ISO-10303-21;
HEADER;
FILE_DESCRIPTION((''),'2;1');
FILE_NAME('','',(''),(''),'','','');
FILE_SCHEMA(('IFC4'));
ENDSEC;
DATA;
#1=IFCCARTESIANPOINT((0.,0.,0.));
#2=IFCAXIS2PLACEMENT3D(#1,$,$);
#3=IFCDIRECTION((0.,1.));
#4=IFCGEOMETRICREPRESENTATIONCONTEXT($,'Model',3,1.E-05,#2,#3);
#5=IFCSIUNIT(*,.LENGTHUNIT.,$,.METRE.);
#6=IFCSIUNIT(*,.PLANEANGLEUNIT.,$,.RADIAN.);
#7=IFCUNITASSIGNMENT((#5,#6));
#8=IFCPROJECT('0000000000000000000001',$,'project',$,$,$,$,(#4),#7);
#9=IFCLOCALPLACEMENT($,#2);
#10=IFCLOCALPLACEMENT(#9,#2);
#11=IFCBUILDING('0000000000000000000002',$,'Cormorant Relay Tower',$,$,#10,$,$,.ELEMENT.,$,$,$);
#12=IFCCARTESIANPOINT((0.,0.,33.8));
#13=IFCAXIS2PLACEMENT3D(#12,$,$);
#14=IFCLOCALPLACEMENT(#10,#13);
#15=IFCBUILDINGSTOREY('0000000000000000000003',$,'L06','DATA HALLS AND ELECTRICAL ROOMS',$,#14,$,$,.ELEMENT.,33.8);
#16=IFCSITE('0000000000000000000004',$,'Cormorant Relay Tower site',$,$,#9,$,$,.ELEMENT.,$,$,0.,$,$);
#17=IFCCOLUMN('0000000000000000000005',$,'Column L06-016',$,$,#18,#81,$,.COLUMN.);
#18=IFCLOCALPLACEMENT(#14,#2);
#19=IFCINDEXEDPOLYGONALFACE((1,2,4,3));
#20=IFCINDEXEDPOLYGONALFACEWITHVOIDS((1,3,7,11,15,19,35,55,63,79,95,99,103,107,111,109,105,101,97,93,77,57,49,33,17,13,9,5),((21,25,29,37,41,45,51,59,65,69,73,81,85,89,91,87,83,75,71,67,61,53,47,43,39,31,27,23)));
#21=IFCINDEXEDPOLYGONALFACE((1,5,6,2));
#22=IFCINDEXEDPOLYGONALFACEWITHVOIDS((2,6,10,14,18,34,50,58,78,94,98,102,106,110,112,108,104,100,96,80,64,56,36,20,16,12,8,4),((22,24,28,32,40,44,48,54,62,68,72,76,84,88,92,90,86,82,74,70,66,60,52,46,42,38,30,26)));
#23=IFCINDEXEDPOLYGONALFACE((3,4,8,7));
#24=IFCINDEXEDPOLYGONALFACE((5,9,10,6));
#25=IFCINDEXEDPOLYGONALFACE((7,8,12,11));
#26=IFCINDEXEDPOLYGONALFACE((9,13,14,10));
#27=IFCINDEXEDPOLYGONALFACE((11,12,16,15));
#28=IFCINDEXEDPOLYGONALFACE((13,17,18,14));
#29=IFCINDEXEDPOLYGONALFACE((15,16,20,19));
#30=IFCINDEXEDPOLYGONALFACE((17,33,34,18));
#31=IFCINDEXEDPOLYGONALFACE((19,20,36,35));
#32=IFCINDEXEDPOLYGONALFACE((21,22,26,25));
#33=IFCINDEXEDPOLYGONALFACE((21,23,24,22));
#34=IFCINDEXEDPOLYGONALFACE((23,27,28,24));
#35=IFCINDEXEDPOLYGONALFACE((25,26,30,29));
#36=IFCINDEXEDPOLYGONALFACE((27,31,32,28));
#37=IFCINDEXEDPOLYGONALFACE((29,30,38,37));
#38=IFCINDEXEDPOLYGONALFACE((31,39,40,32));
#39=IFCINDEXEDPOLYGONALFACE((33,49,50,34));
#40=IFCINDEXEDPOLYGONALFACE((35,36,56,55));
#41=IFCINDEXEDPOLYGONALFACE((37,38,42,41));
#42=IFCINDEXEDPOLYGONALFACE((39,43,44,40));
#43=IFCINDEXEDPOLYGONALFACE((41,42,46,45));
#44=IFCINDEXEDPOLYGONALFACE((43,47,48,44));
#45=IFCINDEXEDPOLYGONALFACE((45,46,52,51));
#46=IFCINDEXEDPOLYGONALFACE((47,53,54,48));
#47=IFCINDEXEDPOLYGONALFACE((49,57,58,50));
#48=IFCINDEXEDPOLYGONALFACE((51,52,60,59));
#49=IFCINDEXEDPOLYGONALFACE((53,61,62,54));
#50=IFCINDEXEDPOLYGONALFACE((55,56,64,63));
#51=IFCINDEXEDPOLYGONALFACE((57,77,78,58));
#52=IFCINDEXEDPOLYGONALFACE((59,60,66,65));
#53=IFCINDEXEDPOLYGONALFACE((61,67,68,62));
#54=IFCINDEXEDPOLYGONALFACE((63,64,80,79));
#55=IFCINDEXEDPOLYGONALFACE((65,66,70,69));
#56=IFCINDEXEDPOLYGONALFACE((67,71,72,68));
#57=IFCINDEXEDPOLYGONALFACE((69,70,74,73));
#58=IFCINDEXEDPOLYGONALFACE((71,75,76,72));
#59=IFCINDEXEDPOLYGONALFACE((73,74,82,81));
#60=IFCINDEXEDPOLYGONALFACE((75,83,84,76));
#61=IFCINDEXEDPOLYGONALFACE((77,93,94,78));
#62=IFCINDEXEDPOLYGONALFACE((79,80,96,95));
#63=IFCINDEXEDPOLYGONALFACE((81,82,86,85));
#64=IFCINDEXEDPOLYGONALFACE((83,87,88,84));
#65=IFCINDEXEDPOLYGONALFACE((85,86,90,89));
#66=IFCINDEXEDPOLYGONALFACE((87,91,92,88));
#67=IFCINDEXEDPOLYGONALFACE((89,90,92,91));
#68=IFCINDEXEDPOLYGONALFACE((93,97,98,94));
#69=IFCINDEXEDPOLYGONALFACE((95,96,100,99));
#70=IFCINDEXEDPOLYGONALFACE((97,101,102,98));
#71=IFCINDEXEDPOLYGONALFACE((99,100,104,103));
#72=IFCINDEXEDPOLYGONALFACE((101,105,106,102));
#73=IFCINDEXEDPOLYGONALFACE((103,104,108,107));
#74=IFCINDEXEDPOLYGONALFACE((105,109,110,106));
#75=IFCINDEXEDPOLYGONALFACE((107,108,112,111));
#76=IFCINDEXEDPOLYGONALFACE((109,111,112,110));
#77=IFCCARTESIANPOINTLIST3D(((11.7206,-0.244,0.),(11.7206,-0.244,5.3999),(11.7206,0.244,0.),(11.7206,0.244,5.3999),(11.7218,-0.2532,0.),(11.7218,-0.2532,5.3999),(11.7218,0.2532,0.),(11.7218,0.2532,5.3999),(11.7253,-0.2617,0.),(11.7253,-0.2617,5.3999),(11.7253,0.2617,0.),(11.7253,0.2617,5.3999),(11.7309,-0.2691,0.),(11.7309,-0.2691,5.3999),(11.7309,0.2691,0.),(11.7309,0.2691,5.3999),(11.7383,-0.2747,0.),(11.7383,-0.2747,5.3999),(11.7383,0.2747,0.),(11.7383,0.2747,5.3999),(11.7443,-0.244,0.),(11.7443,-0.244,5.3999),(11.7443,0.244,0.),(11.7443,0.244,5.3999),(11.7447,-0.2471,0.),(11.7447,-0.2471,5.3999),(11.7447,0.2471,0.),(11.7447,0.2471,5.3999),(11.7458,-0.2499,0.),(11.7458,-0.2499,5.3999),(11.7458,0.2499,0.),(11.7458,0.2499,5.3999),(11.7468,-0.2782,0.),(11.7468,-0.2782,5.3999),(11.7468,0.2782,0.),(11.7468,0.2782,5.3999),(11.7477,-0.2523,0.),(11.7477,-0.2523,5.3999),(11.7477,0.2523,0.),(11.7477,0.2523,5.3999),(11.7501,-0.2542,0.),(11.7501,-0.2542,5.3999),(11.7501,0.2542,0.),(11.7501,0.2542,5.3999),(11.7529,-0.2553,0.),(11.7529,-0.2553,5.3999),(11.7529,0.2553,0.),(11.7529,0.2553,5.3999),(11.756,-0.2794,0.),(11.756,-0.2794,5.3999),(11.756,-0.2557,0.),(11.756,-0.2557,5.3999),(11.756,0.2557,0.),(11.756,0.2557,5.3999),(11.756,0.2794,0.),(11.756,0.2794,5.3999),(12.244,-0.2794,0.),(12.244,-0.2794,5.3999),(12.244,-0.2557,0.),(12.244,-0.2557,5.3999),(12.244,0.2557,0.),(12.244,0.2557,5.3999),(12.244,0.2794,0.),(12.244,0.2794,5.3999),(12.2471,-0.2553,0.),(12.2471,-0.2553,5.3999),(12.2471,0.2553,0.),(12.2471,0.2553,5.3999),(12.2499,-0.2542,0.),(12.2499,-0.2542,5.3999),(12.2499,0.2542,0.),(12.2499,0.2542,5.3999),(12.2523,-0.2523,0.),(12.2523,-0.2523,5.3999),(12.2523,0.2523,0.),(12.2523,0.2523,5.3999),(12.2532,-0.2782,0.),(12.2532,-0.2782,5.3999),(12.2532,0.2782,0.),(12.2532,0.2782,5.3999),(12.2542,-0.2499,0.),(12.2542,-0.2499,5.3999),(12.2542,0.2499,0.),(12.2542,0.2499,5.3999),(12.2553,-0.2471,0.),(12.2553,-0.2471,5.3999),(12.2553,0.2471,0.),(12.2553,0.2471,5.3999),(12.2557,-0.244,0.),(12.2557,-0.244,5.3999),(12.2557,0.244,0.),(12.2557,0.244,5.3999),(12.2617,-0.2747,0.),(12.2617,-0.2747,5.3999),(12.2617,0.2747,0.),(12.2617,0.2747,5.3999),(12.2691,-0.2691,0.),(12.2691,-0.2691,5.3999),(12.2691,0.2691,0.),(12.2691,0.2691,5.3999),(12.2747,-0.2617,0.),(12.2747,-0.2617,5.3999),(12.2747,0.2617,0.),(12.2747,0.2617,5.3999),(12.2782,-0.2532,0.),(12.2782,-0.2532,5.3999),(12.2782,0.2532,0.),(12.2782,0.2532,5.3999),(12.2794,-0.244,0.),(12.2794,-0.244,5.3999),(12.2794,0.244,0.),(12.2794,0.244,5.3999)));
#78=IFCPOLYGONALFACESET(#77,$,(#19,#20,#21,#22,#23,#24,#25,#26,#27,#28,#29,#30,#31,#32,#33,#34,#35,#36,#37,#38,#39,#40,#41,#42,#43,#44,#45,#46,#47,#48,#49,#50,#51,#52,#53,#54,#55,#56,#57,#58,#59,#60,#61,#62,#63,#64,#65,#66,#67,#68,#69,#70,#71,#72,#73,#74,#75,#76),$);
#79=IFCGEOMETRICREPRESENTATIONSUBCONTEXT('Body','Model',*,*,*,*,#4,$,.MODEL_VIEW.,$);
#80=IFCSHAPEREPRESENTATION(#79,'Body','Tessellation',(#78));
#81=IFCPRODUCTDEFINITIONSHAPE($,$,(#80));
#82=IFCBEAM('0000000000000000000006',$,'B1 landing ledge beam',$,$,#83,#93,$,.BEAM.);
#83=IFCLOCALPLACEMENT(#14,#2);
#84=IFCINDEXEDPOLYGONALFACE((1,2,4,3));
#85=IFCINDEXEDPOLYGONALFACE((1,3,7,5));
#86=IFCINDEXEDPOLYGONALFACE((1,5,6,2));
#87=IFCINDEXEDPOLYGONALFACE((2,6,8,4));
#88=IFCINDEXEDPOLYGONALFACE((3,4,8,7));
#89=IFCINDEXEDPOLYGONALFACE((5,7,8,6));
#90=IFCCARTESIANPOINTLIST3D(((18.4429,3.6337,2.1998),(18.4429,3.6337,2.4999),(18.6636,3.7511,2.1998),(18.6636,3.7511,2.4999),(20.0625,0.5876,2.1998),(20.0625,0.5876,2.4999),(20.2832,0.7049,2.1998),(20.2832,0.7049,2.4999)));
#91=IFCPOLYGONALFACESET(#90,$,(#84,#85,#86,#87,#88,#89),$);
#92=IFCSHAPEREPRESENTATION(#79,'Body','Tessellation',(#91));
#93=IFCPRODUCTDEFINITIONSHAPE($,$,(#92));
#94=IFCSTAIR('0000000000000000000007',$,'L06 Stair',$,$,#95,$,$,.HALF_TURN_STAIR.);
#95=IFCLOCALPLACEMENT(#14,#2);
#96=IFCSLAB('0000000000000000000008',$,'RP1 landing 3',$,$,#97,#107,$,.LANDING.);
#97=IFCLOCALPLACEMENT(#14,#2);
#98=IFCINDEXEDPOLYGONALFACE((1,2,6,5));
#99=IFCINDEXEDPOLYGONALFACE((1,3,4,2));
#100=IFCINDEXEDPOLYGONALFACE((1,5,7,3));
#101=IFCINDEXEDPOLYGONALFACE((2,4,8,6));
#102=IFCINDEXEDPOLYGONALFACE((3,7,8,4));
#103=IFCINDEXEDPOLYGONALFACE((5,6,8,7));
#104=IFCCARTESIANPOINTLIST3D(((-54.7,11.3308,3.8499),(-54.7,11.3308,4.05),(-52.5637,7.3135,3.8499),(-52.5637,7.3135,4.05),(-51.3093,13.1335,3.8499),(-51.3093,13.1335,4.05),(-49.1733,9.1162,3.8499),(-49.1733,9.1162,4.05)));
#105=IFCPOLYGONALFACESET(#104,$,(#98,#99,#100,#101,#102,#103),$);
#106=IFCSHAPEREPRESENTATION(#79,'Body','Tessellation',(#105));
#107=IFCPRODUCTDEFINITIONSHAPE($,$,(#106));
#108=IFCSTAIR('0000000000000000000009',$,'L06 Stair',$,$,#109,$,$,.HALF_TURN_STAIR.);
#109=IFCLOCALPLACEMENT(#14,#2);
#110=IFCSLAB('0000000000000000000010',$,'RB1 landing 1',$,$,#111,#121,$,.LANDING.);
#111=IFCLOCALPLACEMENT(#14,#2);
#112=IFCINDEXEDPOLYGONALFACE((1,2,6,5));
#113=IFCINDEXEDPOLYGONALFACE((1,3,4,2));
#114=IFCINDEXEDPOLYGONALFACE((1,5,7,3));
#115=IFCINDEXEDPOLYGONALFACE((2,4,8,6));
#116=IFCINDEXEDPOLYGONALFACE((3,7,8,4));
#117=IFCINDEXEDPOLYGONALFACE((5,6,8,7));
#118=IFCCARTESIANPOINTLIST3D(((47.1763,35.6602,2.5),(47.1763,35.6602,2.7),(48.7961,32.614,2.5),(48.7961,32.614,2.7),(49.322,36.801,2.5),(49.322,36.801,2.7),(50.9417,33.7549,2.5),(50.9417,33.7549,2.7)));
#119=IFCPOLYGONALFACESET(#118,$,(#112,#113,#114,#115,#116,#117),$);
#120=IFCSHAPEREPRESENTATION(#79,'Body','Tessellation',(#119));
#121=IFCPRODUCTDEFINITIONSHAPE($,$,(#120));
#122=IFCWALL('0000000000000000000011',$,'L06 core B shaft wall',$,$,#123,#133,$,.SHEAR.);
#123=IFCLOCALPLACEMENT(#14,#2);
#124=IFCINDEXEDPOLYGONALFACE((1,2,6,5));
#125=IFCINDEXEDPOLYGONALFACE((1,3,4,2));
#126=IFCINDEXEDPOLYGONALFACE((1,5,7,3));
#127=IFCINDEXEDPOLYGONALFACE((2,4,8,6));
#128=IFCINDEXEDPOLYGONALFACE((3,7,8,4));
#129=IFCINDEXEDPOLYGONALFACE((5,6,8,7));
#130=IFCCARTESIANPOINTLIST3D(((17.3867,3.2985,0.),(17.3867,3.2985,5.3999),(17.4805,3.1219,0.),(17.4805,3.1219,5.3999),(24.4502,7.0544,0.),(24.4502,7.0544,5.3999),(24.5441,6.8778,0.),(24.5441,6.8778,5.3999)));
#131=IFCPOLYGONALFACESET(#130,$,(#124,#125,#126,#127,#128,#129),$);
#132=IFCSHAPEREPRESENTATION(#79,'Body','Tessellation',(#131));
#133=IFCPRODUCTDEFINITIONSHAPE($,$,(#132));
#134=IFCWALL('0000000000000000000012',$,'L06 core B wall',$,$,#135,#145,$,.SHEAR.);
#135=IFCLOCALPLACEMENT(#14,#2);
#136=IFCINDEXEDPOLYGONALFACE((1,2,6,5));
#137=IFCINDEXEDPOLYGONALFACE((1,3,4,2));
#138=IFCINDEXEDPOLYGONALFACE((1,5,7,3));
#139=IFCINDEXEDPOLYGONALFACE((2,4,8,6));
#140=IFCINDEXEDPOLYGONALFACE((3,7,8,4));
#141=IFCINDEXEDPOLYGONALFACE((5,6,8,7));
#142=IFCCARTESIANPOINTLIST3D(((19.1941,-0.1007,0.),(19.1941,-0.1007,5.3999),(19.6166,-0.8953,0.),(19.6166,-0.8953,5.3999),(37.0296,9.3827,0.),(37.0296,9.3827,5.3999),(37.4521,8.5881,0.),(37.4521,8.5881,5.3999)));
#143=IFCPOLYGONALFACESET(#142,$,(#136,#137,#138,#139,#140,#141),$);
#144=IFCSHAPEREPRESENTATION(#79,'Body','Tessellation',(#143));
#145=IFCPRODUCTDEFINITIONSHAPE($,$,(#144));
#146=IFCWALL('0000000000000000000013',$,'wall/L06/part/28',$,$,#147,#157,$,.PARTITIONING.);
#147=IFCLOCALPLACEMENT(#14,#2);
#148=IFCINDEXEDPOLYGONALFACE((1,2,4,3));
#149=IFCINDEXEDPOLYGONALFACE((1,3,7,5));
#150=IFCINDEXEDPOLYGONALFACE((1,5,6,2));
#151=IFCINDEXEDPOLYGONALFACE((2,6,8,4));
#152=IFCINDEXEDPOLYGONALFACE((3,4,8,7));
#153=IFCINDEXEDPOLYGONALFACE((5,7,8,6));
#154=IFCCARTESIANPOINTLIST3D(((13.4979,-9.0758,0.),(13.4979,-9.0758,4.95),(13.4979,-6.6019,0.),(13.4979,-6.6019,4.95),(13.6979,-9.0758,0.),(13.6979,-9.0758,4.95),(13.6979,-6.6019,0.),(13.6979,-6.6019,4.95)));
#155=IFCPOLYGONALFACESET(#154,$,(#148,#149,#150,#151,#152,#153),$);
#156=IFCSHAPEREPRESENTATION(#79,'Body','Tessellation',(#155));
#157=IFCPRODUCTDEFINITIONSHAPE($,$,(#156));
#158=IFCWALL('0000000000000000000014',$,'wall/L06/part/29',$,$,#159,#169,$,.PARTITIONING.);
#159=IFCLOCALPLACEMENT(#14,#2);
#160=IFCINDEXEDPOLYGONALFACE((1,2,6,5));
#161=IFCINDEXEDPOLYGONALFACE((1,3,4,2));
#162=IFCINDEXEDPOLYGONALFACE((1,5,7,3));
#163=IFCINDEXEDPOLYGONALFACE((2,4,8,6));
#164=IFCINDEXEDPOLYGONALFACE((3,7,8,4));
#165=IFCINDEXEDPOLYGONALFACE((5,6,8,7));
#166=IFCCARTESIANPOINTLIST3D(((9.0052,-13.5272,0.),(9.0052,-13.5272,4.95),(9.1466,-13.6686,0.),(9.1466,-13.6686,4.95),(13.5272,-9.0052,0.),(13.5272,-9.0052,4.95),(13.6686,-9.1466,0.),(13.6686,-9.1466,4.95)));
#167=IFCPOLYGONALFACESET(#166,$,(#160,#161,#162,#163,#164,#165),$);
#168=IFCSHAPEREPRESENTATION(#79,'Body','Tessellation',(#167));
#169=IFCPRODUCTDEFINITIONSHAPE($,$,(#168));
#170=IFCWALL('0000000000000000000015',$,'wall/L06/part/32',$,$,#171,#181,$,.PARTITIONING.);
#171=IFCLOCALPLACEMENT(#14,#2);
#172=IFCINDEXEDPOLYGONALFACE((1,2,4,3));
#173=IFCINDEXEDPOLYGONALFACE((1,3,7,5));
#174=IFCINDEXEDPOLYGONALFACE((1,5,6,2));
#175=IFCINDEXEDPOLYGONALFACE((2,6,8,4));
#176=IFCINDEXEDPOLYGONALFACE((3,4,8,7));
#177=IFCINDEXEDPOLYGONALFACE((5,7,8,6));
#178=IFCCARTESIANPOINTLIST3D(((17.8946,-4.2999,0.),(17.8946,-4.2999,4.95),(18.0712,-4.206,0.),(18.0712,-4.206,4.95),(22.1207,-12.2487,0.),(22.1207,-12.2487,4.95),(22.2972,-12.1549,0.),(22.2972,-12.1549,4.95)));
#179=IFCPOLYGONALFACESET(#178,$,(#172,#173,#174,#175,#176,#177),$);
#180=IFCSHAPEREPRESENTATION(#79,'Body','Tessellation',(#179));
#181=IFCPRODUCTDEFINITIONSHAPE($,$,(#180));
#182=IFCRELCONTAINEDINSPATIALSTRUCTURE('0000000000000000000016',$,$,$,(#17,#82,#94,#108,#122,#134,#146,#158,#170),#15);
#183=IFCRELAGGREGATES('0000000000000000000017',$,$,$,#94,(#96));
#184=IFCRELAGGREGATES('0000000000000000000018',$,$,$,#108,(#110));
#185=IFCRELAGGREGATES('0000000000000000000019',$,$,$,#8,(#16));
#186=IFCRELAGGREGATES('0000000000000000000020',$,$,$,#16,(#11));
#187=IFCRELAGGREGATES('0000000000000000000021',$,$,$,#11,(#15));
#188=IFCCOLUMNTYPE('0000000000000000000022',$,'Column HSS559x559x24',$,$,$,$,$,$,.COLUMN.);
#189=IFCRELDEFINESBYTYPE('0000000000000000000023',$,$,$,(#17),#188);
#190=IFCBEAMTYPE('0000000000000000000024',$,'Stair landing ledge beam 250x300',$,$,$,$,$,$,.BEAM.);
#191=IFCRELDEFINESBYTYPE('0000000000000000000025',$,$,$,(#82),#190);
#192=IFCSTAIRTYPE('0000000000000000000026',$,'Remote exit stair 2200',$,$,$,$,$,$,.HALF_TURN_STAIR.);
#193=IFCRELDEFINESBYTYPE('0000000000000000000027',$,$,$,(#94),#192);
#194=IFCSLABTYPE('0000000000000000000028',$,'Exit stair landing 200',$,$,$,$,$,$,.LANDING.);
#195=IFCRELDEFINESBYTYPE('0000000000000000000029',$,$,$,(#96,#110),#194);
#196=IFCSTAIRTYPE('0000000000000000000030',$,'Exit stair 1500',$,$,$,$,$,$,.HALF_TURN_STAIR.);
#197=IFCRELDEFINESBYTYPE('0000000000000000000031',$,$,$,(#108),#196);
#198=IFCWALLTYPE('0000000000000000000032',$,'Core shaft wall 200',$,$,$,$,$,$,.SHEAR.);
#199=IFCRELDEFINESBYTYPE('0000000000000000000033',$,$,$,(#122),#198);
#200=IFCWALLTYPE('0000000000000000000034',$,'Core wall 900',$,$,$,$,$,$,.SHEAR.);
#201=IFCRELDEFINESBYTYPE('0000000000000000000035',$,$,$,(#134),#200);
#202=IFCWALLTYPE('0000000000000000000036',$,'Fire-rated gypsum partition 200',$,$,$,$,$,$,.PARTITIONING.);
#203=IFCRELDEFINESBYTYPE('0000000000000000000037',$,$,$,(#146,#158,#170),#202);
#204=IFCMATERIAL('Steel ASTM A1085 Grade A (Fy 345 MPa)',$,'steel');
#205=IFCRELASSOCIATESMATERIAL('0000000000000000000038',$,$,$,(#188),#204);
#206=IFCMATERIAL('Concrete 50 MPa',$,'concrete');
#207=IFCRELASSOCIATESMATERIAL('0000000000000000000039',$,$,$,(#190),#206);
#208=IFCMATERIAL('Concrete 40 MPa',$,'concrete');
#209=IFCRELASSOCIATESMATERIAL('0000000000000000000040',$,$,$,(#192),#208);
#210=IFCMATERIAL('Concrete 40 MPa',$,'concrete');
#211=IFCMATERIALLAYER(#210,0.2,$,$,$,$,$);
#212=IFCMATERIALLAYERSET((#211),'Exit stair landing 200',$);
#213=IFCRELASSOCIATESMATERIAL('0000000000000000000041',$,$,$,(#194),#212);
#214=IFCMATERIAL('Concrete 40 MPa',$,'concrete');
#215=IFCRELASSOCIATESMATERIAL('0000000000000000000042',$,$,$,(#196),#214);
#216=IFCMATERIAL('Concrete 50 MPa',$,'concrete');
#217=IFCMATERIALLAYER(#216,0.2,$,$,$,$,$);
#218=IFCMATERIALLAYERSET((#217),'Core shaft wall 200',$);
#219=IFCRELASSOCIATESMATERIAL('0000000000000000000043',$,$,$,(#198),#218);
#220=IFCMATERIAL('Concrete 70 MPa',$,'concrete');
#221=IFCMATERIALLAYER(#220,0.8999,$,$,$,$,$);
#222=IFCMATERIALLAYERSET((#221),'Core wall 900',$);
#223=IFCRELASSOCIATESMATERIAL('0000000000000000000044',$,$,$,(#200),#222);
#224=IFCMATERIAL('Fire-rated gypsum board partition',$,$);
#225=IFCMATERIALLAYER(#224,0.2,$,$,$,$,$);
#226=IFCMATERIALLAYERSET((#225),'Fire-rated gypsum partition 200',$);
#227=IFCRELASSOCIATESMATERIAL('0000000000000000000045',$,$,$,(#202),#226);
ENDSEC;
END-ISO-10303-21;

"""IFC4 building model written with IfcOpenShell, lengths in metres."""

from ifc_helpers import new_model, si_unit, direction, frame, frame_2d, origin, origin_2d, place, context, subcontext, project, spatial, polyline, rectangle, hollow_rectangle, outline, extrude, material, layer, layer_set, material_profile, profile_set, type_object, element, aggregate, save


model = new_model("IFC4")

# Units and contexts
model_context = context("Model", 3, precision=1e-05, world=origin(), true_north=direction((0.0, 1.0)))
body_context = subcontext(model_context, "Body", "Model", "MODEL_VIEW")
ifc_project = project(units=[si_unit("LENGTHUNIT", "METRE"), si_unit("PLANEANGLEUNIT", "RADIAN")], contexts=[model_context])

# Site, building, storey
site_placement = place(None, origin())
site = spatial("IfcSite", under=ifc_project, at=site_placement, Name="Cormorant Relay Tower site", CompositionType="ELEMENT", RefElevation=0.0)
building_placement = place(site_placement, origin())
building = spatial("IfcBuilding", under=site, at=building_placement, Name="Cormorant Relay Tower", CompositionType="ELEMENT")
storey_placement = place(building_placement, frame((0.0, 0.0, 33.8)))
storey = spatial("IfcBuildingStorey", under=building, at=storey_placement, Name="L06", Description="DATA HALLS AND ELECTRICAL ROOMS", CompositionType="ELEMENT", Elevation=33.8)

# Column
ifc_material_1 = material(Name="Steel ASTM A1085 Grade A (Fy 345 MPa)", Category="steel")
ifc_material_profile_1 = material_profile(ifc_material_1, hollow_rectangle(XDim=0.5588, YDim=0.5588, WallThickness=0.0237, InnerFilletRadius=0.0117, OuterFilletRadius=0.0354, at=origin_2d()), Name="HSS559x559x24")
ifc_profile_set_1 = profile_set([ifc_material_profile_1], Name="Steel ASTM A1085 Grade A (Fy 345 MPa)")
column_type = type_object("IfcColumnType", Name="Column HSS559x559x24", PredefinedType="COLUMN", material=ifc_profile_set_1)
column_placement = place(storey_placement, frame((12.0, 0.0, 0.0), z_axis=(0.0, 0.0, 1.0), x_axis=(1.0, 0.0, 0.0)))
element("IfcColumn", 1, at=column_placement, inside=storey, type_object=column_type, Name="Column L06-016", PredefinedType="COLUMN", context=body_context, shape_type="SweptSolid", body=[
    extrude(hollow_rectangle(XDim=0.5588, YDim=0.5588, WallThickness=0.0237, InnerFilletRadius=0.0117, OuterFilletRadius=0.0354, at=origin_2d()), origin(), (0.0, 0.0, 1.0), 5.3999),
])

# Beam
ifc_material_2 = material(Name="Concrete 50 MPa", Category="concrete")
ifc_material_profile_2 = material_profile(ifc_material_2, rectangle(XDim=0.25, YDim=0.3, at=origin_2d()), Name="RC 250x300")
ifc_profile_set_2 = profile_set([ifc_material_profile_2], Name="Concrete 50 MPa")
beam_type = type_object("IfcBeamType", Name="Stair landing ledge beam 250x300", PredefinedType="BEAM", material=ifc_profile_set_2)
beam_placement = place(storey_placement, frame((18.5532, 3.6924, 2.3499), z_axis=(0.469464, -0.882952, 0.0), x_axis=(0.882952, 0.469464, 0.0)))
element("IfcBeam", 2, at=beam_placement, inside=storey, type_object=beam_type, Name="B1 landing ledge beam", PredefinedType="BEAM", context=body_context, shape_type="SweptSolid", body=[
    extrude(rectangle(XDim=0.25, YDim=0.3, at=origin_2d()), origin(), (0.0, 0.0, 1.0), 3.45),
])

# Stairs, slabs
ifc_material_3 = material(Name="Concrete 40 MPa", Category="concrete")
stair_type_1 = type_object("IfcStairType", Name="Remote exit stair 2200", PredefinedType="HALF_TURN_STAIR", material=ifc_material_3)
stair_1_placement = place(storey_placement, origin())
stair_1 = element("IfcStair", 3, at=stair_1_placement, inside=storey, type_object=stair_type_1, Name="L06 Stair", PredefinedType="HALF_TURN_STAIR")
ifc_material_4 = material(Name="Concrete 40 MPa", Category="concrete")
ifc_layer_1 = layer(ifc_material_4, 0.2)
ifc_layer_set_1 = layer_set([ifc_layer_1], Name="Exit stair landing 200")
slab_type = type_object("IfcSlabType", Name="Exit stair landing 200", PredefinedType="LANDING", material=ifc_layer_set_1)
slab_1_placement = place(storey_placement, frame((0.0, 0.0, 3.8499)))
slab_1 = element("IfcSlab", 4, at=slab_1_placement, type_object=slab_type, Name="RP1 landing 3", PredefinedType="LANDING", context=body_context, shape_type="SweptSolid", body=[
    extrude(outline(polyline([(-51.3093, 13.1335), (-54.7, 11.3308), (-52.5637, 7.3135), (-49.1733, 9.1162), (-51.3093, 13.1335)])), origin(), (0.0, 0.0, 1.0), 0.2002),
])
aggregate(stair_1, [slab_1])
ifc_material_5 = material(Name="Concrete 40 MPa", Category="concrete")
stair_type_2 = type_object("IfcStairType", Name="Exit stair 1500", PredefinedType="HALF_TURN_STAIR", material=ifc_material_5)
stair_2_placement = place(storey_placement, origin())
stair_2 = element("IfcStair", 5, at=stair_2_placement, inside=storey, type_object=stair_type_2, Name="L06 Stair", PredefinedType="HALF_TURN_STAIR")
slab_2_placement = place(storey_placement, frame((0.0, 0.0, 2.5)))
slab_2 = element("IfcSlab", 6, at=slab_2_placement, type_object=slab_type, Name="RB1 landing 1", PredefinedType="LANDING", context=body_context, shape_type="SweptSolid", body=[
    extrude(outline(polyline([(48.7961, 32.614), (50.9417, 33.7549), (49.322, 36.801), (47.1763, 35.6602), (48.7961, 32.614)])), origin(), (0.0, 0.0, 1.0), 0.2),
])
aggregate(stair_2, [slab_2])

# Wall
ifc_material_6 = material(Name="Concrete 50 MPa", Category="concrete")
ifc_layer_2 = layer(ifc_material_6, 0.2)
ifc_layer_set_2 = layer_set([ifc_layer_2], Name="Core shaft wall 200")
wall_type_1 = type_object("IfcWallType", Name="Core shaft wall 200", PredefinedType="SHEAR", material=ifc_layer_set_2)
wall_1_placement = place(storey_placement, frame((17.4336, 3.2102, 0.0), z_axis=(0.0, 0.0, 1.0), x_axis=(0.88294, 0.469485, 0.0)))
element("IfcWall", 7, at=wall_1_placement, inside=storey, type_object=wall_type_1, Name="L06 core B shaft wall", PredefinedType="SHEAR", context=body_context, shape_type="SweptSolid", body=[
    extrude(rectangle(XDim=8.0, YDim=0.2, at=frame_2d((4.0, 0.0))), origin(), (0.0, 0.0, 1.0), 5.3999),
])

# Shared definitions
ifc_material_7 = material(Name="Concrete 70 MPa", Category="concrete")
ifc_layer_3 = layer(ifc_material_7, 0.8999)
ifc_layer_set_3 = layer_set([ifc_layer_3], Name="Core wall 900")
wall_type_2 = type_object("IfcWallType", Name="Core wall 900", PredefinedType="SHEAR", material=ifc_layer_set_3)

# Walls
wall_2_placement = place(storey_placement, frame((19.4053, -0.498, 0.0), z_axis=(0.0, 0.0, 1.0), x_axis=(0.882945, 0.469476, 0.0)))
element("IfcWall", 8, at=wall_2_placement, inside=storey, type_object=wall_type_2, Name="L06 core B wall", PredefinedType="SHEAR", context=body_context, shape_type="SweptSolid", body=[
    extrude(rectangle(XDim=20.2, YDim=0.8999, at=frame_2d((10.1001, 0.0))), origin(), (0.0, 0.0, 1.0), 5.3999),
])
ifc_material_8 = material(Name="Fire-rated gypsum board partition")
ifc_layer_4 = layer(ifc_material_8, 0.2)
ifc_layer_set_4 = layer_set([ifc_layer_4], Name="Fire-rated gypsum partition 200")
wall_type_3 = type_object("IfcWallType", Name="Fire-rated gypsum partition 200", PredefinedType="PARTITIONING", material=ifc_layer_set_4)
wall_3_placement = place(storey_placement, frame((13.5979, -6.6021, 0.0), z_axis=(0.0, 0.0, 1.0), x_axis=(0.0, -1.0, 0.0)))
element("IfcWall", 9, at=wall_3_placement, inside=storey, type_object=wall_type_3, Name="wall/L06/part/28", PredefinedType="PARTITIONING", context=body_context, shape_type="SweptSolid", body=[
    extrude(rectangle(XDim=2.4739, YDim=0.2, at=frame_2d((1.2368, 0.0))), origin(), (0.0, 0.0, 1.0), 4.95),
])
wall_4_placement = place(storey_placement, frame((13.5979, -9.0759, 0.0), z_axis=(0.0, 0.0, 1.0), x_axis=(-0.707107, -0.707107, 0.0)))
element("IfcWall", 10, at=wall_4_placement, inside=storey, type_object=wall_type_3, Name="wall/L06/part/29", PredefinedType="PARTITIONING", context=body_context, shape_type="SweptSolid", body=[
    extrude(rectangle(XDim=6.395, YDim=0.2, at=frame_2d((3.1975, 0.0))), origin(), (0.0, 0.0, 1.0), 4.95),
])
wall_5_placement = place(storey_placement, frame((17.9829, -4.2529, 0.0), z_axis=(0.0, 0.0, 1.0), x_axis=(0.469431, -0.882969, 0.0)))
element("IfcWall", 11, at=wall_5_placement, inside=storey, type_object=wall_type_3, Name="wall/L06/part/32", PredefinedType="PARTITIONING", context=body_context, shape_type="SweptSolid", body=[
    extrude(rectangle(XDim=9.0024, YDim=0.2, at=frame_2d((4.5012, 0.0))), origin(), (0.0, 0.0, 1.0), 4.95),
])

save(model, "model.ifc")
